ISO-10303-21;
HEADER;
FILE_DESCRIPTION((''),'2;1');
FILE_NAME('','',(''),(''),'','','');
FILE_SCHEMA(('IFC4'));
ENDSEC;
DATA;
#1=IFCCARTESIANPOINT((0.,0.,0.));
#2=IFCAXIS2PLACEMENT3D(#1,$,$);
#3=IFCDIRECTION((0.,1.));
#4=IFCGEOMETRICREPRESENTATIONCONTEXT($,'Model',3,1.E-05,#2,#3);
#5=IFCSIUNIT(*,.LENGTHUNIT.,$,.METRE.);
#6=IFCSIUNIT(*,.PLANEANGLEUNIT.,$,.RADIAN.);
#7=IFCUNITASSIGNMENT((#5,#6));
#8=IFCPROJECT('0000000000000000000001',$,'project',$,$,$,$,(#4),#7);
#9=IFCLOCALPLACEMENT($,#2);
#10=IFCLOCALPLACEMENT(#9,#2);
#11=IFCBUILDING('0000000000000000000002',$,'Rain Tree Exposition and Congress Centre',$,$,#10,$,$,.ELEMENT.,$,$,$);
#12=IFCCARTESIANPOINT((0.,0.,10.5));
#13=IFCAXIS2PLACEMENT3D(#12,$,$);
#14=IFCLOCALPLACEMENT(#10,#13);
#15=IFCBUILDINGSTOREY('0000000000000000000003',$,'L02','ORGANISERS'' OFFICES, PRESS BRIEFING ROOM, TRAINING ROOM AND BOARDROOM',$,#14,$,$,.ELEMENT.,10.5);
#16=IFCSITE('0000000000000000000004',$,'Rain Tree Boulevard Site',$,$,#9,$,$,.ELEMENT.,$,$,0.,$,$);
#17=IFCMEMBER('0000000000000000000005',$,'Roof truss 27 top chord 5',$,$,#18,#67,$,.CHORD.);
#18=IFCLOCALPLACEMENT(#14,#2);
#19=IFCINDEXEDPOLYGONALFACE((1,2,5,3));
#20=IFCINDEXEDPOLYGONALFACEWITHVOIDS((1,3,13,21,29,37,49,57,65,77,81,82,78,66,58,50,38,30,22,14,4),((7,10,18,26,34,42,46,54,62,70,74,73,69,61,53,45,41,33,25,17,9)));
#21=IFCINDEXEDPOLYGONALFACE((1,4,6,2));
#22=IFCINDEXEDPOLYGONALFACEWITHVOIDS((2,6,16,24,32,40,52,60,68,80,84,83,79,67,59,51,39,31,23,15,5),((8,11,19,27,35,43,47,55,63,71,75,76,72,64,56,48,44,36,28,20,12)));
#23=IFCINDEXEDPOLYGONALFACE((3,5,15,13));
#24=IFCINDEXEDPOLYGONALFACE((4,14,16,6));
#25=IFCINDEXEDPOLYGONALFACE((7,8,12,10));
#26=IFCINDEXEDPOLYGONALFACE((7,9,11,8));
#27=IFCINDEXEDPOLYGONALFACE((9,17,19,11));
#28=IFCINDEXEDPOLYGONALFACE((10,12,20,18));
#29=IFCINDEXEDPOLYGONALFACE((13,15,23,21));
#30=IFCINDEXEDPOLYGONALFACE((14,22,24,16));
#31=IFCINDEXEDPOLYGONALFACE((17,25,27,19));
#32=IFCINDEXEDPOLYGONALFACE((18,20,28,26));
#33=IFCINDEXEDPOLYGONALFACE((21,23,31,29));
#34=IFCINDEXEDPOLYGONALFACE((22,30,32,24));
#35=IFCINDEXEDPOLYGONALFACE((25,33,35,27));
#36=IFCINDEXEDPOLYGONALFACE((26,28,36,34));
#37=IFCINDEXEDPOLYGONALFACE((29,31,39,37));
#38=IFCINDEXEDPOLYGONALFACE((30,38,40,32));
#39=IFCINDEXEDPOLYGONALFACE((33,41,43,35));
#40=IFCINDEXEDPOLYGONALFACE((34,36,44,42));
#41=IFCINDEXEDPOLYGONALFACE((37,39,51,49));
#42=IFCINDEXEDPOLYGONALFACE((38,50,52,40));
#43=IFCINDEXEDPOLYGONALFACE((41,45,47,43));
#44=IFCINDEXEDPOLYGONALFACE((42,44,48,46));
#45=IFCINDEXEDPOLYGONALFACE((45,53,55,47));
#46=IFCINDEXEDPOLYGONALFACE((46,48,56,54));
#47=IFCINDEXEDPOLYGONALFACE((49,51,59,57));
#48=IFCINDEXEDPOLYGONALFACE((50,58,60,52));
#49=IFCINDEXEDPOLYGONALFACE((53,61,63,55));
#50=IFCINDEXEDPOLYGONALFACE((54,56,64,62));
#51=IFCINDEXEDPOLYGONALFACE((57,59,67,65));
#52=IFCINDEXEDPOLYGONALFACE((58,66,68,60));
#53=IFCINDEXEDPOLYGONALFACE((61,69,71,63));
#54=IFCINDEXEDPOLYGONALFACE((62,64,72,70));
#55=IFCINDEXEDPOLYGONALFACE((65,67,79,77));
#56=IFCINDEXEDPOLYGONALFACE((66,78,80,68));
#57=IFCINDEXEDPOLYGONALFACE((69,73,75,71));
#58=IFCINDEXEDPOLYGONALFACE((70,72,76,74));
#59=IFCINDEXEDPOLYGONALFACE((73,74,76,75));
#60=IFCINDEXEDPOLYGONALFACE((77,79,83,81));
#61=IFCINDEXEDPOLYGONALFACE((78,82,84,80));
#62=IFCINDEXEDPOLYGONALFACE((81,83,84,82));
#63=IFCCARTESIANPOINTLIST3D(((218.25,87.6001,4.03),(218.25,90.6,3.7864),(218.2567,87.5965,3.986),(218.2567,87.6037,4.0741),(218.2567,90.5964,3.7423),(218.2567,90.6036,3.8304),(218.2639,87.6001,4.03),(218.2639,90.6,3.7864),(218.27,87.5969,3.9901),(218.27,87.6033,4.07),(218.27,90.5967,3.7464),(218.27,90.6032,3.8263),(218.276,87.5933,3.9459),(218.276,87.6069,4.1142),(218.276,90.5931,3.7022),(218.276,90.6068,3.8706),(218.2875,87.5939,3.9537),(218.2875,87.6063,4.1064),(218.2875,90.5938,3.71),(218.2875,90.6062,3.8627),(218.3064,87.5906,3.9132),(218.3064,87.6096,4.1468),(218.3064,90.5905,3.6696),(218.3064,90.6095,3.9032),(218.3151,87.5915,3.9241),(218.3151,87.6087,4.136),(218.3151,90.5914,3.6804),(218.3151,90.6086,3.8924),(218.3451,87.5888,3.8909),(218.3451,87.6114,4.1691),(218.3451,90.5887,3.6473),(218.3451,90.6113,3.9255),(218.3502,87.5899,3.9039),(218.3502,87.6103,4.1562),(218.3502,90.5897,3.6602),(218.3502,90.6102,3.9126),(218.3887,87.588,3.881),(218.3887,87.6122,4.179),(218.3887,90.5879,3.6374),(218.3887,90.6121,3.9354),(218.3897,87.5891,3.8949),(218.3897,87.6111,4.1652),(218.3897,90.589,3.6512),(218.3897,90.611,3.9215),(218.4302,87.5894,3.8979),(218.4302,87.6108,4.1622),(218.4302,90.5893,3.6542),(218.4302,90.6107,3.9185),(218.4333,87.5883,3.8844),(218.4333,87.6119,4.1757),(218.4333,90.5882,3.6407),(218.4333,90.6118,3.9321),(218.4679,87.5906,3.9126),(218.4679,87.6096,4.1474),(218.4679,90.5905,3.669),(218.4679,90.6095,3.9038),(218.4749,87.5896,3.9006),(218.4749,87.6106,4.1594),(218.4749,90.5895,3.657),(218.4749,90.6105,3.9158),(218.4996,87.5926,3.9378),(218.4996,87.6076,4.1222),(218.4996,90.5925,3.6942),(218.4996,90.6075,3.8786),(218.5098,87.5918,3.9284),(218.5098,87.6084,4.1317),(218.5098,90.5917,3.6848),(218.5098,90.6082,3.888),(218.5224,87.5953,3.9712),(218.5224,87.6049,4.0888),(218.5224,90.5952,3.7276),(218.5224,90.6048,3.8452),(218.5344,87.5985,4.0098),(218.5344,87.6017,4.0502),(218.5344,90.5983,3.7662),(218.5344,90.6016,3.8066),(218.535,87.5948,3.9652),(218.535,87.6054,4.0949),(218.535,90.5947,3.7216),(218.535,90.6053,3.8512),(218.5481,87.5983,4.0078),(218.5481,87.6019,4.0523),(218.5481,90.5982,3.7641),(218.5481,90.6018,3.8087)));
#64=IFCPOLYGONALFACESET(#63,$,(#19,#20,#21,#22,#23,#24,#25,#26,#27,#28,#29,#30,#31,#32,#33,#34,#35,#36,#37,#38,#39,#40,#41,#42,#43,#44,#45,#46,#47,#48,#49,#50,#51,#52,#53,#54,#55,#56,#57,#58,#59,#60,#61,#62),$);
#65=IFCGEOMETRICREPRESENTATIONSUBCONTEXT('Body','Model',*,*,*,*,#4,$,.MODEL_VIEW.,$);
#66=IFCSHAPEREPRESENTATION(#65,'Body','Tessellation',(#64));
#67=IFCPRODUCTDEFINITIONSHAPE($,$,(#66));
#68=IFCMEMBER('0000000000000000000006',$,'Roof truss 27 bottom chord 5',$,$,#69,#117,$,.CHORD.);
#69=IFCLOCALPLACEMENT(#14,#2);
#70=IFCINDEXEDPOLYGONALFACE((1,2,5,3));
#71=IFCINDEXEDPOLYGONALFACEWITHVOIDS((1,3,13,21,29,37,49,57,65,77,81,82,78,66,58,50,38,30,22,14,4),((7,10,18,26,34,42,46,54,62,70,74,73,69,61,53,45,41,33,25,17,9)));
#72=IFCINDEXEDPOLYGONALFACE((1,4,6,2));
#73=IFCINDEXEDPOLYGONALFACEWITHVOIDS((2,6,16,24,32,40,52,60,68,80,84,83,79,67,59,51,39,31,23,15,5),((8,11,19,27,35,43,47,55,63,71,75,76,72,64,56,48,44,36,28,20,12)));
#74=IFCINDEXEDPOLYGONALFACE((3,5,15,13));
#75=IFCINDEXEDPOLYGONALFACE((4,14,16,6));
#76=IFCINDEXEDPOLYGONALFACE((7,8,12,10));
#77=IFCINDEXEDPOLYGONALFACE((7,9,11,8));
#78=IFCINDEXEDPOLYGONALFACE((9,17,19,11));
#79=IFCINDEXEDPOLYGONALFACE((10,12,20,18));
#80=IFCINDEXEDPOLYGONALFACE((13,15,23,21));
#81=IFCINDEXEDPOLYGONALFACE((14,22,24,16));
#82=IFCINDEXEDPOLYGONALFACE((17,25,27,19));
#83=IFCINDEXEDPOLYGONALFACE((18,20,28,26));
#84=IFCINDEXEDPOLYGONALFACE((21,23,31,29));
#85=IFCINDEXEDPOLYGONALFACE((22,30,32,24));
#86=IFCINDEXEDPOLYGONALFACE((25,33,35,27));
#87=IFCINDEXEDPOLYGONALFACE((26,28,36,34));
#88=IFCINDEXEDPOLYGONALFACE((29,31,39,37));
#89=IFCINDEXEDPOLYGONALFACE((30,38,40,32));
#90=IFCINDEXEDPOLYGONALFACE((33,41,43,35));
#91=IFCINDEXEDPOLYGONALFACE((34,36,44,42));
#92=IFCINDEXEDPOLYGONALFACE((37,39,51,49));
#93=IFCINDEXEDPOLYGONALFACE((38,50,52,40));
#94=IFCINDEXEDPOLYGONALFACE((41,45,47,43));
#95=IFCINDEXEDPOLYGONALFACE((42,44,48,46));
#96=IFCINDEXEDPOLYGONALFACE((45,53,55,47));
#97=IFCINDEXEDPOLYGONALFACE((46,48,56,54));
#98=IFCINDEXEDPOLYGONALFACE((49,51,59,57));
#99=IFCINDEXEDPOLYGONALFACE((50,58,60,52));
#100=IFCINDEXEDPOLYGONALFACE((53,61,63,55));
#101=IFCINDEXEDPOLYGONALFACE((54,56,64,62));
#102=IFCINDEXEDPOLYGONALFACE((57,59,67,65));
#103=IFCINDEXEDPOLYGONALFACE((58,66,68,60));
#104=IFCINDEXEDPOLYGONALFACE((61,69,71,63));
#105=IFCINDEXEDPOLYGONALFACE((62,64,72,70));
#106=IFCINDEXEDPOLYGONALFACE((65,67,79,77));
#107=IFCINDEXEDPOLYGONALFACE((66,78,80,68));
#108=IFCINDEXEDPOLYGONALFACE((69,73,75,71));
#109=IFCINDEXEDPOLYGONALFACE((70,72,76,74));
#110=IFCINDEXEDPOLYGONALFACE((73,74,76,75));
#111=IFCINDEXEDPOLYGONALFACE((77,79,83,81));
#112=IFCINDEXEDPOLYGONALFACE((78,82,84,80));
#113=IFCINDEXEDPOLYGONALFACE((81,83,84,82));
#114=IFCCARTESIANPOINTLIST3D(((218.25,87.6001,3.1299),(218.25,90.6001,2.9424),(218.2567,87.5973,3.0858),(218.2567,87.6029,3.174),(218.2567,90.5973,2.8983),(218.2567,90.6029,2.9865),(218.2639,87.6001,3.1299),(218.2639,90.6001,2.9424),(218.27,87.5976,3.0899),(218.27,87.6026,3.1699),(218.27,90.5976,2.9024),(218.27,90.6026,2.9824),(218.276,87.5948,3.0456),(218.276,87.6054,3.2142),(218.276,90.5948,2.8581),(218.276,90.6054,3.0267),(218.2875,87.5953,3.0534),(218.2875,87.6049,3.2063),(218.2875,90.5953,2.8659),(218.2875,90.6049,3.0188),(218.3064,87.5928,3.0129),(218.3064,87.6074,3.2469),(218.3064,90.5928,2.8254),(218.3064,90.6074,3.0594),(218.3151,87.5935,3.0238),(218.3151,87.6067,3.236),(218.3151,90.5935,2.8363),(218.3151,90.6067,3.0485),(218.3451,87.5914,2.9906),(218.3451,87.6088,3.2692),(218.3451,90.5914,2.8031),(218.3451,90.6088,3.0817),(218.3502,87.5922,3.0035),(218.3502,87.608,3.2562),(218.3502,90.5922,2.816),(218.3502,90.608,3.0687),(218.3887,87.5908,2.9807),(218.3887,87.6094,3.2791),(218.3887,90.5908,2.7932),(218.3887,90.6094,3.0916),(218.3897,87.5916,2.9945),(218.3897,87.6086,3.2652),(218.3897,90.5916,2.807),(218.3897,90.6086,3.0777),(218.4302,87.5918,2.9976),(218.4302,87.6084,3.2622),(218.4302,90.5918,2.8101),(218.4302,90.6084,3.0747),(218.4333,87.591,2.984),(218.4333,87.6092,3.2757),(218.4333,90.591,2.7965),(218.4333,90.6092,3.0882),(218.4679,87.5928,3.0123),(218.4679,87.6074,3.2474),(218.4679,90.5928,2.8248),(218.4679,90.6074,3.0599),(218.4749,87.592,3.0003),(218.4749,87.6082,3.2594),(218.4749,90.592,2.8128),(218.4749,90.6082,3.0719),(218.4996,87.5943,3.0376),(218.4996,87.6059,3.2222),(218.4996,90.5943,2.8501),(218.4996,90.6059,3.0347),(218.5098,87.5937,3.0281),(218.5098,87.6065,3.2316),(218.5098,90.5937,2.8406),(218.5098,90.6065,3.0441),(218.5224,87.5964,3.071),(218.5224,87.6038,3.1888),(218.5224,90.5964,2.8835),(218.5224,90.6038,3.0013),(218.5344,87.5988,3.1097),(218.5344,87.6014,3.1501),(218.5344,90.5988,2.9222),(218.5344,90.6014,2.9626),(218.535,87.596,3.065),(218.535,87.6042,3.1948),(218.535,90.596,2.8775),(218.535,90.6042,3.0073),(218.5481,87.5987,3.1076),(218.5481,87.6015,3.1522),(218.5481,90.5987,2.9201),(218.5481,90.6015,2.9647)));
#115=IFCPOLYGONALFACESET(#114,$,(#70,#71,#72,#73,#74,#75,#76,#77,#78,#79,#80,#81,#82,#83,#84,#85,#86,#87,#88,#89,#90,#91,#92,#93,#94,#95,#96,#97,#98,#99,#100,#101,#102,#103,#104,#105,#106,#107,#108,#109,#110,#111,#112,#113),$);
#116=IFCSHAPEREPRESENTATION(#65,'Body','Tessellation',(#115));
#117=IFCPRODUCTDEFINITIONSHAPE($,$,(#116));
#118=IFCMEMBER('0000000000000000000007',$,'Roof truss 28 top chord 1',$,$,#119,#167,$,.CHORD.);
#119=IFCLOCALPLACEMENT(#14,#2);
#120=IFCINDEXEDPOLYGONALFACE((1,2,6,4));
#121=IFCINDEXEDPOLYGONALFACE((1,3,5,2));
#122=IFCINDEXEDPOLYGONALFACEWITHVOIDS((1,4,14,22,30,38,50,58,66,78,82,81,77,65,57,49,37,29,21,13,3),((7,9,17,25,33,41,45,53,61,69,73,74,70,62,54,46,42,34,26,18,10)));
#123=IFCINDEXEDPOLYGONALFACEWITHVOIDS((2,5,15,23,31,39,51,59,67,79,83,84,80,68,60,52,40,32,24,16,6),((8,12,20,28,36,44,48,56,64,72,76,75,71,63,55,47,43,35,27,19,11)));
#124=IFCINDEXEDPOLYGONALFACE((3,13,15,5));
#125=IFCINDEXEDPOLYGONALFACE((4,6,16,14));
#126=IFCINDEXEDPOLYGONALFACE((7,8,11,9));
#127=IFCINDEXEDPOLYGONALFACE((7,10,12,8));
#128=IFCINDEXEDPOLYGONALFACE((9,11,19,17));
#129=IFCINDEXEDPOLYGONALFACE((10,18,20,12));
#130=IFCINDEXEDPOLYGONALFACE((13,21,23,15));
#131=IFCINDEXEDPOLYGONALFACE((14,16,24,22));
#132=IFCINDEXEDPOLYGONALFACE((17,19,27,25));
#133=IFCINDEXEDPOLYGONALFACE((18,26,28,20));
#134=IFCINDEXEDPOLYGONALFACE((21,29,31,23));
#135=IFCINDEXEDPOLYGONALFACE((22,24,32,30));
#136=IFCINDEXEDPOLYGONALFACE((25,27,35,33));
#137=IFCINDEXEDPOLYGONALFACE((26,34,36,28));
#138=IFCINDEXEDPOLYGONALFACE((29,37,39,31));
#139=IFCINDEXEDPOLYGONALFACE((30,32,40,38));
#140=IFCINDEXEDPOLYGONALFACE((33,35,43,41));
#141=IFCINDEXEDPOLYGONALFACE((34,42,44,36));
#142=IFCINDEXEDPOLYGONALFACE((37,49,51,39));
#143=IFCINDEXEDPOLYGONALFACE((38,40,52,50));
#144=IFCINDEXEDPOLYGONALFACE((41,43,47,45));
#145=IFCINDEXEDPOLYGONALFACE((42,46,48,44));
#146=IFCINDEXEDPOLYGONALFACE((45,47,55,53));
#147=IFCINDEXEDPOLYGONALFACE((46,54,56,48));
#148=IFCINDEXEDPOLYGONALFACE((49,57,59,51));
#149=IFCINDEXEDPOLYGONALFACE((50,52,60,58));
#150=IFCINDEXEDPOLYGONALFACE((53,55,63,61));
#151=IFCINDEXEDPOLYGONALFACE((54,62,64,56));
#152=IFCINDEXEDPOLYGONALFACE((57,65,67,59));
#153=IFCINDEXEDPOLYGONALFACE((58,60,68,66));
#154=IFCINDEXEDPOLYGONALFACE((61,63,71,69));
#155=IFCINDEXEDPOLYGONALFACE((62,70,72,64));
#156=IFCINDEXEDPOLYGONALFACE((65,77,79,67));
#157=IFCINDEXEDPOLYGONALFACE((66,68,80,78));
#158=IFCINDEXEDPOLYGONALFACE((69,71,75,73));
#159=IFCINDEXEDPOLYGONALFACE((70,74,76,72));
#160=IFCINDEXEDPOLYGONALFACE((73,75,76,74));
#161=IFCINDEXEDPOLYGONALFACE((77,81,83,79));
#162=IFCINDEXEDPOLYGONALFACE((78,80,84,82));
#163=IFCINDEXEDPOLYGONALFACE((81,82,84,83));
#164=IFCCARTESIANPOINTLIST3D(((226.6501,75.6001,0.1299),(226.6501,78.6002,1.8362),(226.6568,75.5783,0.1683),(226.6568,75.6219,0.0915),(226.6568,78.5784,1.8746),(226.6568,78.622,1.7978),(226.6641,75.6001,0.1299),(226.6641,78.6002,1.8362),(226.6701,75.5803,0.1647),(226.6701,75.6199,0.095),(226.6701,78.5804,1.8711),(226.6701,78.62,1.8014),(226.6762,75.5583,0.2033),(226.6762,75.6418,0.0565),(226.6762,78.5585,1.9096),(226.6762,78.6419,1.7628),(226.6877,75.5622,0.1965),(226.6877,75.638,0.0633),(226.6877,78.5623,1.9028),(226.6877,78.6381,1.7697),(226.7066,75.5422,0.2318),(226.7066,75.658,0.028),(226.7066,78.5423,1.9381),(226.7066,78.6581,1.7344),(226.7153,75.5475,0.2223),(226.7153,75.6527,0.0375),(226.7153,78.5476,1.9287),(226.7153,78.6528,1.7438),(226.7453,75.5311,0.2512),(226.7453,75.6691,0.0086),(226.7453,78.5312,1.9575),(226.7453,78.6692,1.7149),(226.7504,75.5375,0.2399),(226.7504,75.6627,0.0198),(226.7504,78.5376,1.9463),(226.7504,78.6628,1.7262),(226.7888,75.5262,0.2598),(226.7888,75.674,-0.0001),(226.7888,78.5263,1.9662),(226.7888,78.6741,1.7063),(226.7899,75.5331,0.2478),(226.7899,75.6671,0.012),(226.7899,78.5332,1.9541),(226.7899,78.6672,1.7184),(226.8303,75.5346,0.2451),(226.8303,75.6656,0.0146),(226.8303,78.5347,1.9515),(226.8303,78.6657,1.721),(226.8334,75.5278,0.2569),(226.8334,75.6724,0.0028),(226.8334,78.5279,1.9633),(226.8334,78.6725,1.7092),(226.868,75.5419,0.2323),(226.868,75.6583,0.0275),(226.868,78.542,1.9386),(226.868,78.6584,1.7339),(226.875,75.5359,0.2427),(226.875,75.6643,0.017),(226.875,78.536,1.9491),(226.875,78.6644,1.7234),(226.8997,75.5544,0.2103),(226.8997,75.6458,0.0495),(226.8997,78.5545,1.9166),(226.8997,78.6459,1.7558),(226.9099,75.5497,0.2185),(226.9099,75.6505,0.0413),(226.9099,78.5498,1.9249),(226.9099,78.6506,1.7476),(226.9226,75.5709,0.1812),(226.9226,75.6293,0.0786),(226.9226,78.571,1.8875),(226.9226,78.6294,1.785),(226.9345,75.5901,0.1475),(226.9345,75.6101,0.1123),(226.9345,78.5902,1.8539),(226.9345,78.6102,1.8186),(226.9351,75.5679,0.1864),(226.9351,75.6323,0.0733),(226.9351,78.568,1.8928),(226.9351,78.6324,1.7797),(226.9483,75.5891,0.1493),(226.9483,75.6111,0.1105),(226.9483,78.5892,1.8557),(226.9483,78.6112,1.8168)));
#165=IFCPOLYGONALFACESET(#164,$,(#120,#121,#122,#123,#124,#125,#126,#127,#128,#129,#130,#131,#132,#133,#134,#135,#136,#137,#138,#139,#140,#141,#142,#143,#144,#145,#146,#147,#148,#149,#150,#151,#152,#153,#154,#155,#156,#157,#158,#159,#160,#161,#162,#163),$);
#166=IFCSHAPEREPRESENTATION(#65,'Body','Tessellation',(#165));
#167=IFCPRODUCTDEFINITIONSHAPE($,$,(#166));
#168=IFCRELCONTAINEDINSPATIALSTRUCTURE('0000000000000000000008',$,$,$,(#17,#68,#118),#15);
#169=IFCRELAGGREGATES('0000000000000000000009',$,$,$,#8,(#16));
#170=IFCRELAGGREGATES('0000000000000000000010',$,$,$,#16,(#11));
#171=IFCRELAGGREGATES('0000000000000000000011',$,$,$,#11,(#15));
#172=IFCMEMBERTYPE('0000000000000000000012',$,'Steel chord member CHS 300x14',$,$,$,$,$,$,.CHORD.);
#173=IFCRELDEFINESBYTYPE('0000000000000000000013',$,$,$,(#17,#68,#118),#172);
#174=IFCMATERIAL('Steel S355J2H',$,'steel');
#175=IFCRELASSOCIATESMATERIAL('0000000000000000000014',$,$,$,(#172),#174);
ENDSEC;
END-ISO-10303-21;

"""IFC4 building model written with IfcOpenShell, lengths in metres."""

from ifc_helpers import new_model, si_unit, direction, frame, origin, origin_2d, place, context, subcontext, project, spatial, hollow_circle, extrude, material, material_profile, profile_set, type_object, element, save


model = new_model("IFC4")

# Units and contexts
model_context = context("Model", 3, precision=1e-05, world=origin(), true_north=direction((0.0, 1.0)))
body_context = subcontext(model_context, "Body", "Model", "MODEL_VIEW")
ifc_project = project(units=[si_unit("LENGTHUNIT", "METRE"), si_unit("PLANEANGLEUNIT", "RADIAN")], contexts=[model_context])

# Site, building, storey
site_placement = place(None, origin())
site = spatial("IfcSite", under=ifc_project, at=site_placement, Name="Rain Tree Boulevard Site", CompositionType="ELEMENT", RefElevation=0.0)
building_placement = place(site_placement, origin())
building = spatial("IfcBuilding", under=site, at=building_placement, Name="Rain Tree Exposition and Congress Centre", CompositionType="ELEMENT")
storey_placement = place(building_placement, frame((0.0, 0.0, 10.5)))
storey = spatial("IfcBuildingStorey", under=building, at=storey_placement, Name="L02", Description="ORGANISERS' OFFICES, PRESS BRIEFING ROOM, TRAINING ROOM AND BOARDROOM", CompositionType="ELEMENT", Elevation=10.5)

# Members
ifc_material_1 = material(Name="Steel S355J2H", Category="steel")
ifc_material_profile_1 = material_profile(ifc_material_1, hollow_circle(Radius=0.1499, WallThickness=0.0139, at=origin_2d()), Name="CHS 300x14")
ifc_profile_set_1 = profile_set([ifc_material_profile_1], Name="Steel S355J2H")
member_type_1 = type_object("IfcMemberType", Name="Steel chord member CHS 300x14", PredefinedType="CHORD", material=ifc_profile_set_1)
member_1_placement = place(storey_placement, frame((218.3999, 87.6001, 4.03), z_axis=(0.0, 0.996718, -0.080951), x_axis=(-1.0, 0.0, 0.0)))
element("IfcMember", 1, at=member_1_placement, inside=storey, type_object=member_type_1, Name="Roof truss 27 top chord 5", PredefinedType="CHORD", context=body_context, shape_type="SweptSolid", body=[
    extrude(hollow_circle(Radius=0.1499, WallThickness=0.0139, at=origin_2d()), origin(), (0.0, 0.0, 1.0), 3.0098),
])
member_2_placement = place(storey_placement, frame((218.3999, 87.6001, 3.1299), z_axis=(0.0, 0.998053, -0.062378), x_axis=(-1.0, 0.0, 0.0)))
element("IfcMember", 2, at=member_2_placement, inside=storey, type_object=member_type_1, Name="Roof truss 27 bottom chord 5", PredefinedType="CHORD", context=body_context, shape_type="SweptSolid", body=[
    extrude(hollow_circle(Radius=0.1499, WallThickness=0.0139, at=origin_2d()), origin(), (0.0, 0.0, 1.0), 3.0059),
])
member_3_placement = place(storey_placement, frame((226.8, 75.6001, 0.1299), z_axis=(0.0, 0.869238, 0.494393), x_axis=(-1.0, 0.0, 0.0)))
element("IfcMember", 3, at=member_3_placement, inside=storey, type_object=member_type_1, Name="Roof truss 28 top chord 1", PredefinedType="CHORD", context=body_context, shape_type="SweptSolid", body=[
    extrude(hollow_circle(Radius=0.1499, WallThickness=0.0139, at=origin_2d()), origin(), (0.0, 0.0, 1.0), 3.4514),
])

save(model, "model.ifc")
